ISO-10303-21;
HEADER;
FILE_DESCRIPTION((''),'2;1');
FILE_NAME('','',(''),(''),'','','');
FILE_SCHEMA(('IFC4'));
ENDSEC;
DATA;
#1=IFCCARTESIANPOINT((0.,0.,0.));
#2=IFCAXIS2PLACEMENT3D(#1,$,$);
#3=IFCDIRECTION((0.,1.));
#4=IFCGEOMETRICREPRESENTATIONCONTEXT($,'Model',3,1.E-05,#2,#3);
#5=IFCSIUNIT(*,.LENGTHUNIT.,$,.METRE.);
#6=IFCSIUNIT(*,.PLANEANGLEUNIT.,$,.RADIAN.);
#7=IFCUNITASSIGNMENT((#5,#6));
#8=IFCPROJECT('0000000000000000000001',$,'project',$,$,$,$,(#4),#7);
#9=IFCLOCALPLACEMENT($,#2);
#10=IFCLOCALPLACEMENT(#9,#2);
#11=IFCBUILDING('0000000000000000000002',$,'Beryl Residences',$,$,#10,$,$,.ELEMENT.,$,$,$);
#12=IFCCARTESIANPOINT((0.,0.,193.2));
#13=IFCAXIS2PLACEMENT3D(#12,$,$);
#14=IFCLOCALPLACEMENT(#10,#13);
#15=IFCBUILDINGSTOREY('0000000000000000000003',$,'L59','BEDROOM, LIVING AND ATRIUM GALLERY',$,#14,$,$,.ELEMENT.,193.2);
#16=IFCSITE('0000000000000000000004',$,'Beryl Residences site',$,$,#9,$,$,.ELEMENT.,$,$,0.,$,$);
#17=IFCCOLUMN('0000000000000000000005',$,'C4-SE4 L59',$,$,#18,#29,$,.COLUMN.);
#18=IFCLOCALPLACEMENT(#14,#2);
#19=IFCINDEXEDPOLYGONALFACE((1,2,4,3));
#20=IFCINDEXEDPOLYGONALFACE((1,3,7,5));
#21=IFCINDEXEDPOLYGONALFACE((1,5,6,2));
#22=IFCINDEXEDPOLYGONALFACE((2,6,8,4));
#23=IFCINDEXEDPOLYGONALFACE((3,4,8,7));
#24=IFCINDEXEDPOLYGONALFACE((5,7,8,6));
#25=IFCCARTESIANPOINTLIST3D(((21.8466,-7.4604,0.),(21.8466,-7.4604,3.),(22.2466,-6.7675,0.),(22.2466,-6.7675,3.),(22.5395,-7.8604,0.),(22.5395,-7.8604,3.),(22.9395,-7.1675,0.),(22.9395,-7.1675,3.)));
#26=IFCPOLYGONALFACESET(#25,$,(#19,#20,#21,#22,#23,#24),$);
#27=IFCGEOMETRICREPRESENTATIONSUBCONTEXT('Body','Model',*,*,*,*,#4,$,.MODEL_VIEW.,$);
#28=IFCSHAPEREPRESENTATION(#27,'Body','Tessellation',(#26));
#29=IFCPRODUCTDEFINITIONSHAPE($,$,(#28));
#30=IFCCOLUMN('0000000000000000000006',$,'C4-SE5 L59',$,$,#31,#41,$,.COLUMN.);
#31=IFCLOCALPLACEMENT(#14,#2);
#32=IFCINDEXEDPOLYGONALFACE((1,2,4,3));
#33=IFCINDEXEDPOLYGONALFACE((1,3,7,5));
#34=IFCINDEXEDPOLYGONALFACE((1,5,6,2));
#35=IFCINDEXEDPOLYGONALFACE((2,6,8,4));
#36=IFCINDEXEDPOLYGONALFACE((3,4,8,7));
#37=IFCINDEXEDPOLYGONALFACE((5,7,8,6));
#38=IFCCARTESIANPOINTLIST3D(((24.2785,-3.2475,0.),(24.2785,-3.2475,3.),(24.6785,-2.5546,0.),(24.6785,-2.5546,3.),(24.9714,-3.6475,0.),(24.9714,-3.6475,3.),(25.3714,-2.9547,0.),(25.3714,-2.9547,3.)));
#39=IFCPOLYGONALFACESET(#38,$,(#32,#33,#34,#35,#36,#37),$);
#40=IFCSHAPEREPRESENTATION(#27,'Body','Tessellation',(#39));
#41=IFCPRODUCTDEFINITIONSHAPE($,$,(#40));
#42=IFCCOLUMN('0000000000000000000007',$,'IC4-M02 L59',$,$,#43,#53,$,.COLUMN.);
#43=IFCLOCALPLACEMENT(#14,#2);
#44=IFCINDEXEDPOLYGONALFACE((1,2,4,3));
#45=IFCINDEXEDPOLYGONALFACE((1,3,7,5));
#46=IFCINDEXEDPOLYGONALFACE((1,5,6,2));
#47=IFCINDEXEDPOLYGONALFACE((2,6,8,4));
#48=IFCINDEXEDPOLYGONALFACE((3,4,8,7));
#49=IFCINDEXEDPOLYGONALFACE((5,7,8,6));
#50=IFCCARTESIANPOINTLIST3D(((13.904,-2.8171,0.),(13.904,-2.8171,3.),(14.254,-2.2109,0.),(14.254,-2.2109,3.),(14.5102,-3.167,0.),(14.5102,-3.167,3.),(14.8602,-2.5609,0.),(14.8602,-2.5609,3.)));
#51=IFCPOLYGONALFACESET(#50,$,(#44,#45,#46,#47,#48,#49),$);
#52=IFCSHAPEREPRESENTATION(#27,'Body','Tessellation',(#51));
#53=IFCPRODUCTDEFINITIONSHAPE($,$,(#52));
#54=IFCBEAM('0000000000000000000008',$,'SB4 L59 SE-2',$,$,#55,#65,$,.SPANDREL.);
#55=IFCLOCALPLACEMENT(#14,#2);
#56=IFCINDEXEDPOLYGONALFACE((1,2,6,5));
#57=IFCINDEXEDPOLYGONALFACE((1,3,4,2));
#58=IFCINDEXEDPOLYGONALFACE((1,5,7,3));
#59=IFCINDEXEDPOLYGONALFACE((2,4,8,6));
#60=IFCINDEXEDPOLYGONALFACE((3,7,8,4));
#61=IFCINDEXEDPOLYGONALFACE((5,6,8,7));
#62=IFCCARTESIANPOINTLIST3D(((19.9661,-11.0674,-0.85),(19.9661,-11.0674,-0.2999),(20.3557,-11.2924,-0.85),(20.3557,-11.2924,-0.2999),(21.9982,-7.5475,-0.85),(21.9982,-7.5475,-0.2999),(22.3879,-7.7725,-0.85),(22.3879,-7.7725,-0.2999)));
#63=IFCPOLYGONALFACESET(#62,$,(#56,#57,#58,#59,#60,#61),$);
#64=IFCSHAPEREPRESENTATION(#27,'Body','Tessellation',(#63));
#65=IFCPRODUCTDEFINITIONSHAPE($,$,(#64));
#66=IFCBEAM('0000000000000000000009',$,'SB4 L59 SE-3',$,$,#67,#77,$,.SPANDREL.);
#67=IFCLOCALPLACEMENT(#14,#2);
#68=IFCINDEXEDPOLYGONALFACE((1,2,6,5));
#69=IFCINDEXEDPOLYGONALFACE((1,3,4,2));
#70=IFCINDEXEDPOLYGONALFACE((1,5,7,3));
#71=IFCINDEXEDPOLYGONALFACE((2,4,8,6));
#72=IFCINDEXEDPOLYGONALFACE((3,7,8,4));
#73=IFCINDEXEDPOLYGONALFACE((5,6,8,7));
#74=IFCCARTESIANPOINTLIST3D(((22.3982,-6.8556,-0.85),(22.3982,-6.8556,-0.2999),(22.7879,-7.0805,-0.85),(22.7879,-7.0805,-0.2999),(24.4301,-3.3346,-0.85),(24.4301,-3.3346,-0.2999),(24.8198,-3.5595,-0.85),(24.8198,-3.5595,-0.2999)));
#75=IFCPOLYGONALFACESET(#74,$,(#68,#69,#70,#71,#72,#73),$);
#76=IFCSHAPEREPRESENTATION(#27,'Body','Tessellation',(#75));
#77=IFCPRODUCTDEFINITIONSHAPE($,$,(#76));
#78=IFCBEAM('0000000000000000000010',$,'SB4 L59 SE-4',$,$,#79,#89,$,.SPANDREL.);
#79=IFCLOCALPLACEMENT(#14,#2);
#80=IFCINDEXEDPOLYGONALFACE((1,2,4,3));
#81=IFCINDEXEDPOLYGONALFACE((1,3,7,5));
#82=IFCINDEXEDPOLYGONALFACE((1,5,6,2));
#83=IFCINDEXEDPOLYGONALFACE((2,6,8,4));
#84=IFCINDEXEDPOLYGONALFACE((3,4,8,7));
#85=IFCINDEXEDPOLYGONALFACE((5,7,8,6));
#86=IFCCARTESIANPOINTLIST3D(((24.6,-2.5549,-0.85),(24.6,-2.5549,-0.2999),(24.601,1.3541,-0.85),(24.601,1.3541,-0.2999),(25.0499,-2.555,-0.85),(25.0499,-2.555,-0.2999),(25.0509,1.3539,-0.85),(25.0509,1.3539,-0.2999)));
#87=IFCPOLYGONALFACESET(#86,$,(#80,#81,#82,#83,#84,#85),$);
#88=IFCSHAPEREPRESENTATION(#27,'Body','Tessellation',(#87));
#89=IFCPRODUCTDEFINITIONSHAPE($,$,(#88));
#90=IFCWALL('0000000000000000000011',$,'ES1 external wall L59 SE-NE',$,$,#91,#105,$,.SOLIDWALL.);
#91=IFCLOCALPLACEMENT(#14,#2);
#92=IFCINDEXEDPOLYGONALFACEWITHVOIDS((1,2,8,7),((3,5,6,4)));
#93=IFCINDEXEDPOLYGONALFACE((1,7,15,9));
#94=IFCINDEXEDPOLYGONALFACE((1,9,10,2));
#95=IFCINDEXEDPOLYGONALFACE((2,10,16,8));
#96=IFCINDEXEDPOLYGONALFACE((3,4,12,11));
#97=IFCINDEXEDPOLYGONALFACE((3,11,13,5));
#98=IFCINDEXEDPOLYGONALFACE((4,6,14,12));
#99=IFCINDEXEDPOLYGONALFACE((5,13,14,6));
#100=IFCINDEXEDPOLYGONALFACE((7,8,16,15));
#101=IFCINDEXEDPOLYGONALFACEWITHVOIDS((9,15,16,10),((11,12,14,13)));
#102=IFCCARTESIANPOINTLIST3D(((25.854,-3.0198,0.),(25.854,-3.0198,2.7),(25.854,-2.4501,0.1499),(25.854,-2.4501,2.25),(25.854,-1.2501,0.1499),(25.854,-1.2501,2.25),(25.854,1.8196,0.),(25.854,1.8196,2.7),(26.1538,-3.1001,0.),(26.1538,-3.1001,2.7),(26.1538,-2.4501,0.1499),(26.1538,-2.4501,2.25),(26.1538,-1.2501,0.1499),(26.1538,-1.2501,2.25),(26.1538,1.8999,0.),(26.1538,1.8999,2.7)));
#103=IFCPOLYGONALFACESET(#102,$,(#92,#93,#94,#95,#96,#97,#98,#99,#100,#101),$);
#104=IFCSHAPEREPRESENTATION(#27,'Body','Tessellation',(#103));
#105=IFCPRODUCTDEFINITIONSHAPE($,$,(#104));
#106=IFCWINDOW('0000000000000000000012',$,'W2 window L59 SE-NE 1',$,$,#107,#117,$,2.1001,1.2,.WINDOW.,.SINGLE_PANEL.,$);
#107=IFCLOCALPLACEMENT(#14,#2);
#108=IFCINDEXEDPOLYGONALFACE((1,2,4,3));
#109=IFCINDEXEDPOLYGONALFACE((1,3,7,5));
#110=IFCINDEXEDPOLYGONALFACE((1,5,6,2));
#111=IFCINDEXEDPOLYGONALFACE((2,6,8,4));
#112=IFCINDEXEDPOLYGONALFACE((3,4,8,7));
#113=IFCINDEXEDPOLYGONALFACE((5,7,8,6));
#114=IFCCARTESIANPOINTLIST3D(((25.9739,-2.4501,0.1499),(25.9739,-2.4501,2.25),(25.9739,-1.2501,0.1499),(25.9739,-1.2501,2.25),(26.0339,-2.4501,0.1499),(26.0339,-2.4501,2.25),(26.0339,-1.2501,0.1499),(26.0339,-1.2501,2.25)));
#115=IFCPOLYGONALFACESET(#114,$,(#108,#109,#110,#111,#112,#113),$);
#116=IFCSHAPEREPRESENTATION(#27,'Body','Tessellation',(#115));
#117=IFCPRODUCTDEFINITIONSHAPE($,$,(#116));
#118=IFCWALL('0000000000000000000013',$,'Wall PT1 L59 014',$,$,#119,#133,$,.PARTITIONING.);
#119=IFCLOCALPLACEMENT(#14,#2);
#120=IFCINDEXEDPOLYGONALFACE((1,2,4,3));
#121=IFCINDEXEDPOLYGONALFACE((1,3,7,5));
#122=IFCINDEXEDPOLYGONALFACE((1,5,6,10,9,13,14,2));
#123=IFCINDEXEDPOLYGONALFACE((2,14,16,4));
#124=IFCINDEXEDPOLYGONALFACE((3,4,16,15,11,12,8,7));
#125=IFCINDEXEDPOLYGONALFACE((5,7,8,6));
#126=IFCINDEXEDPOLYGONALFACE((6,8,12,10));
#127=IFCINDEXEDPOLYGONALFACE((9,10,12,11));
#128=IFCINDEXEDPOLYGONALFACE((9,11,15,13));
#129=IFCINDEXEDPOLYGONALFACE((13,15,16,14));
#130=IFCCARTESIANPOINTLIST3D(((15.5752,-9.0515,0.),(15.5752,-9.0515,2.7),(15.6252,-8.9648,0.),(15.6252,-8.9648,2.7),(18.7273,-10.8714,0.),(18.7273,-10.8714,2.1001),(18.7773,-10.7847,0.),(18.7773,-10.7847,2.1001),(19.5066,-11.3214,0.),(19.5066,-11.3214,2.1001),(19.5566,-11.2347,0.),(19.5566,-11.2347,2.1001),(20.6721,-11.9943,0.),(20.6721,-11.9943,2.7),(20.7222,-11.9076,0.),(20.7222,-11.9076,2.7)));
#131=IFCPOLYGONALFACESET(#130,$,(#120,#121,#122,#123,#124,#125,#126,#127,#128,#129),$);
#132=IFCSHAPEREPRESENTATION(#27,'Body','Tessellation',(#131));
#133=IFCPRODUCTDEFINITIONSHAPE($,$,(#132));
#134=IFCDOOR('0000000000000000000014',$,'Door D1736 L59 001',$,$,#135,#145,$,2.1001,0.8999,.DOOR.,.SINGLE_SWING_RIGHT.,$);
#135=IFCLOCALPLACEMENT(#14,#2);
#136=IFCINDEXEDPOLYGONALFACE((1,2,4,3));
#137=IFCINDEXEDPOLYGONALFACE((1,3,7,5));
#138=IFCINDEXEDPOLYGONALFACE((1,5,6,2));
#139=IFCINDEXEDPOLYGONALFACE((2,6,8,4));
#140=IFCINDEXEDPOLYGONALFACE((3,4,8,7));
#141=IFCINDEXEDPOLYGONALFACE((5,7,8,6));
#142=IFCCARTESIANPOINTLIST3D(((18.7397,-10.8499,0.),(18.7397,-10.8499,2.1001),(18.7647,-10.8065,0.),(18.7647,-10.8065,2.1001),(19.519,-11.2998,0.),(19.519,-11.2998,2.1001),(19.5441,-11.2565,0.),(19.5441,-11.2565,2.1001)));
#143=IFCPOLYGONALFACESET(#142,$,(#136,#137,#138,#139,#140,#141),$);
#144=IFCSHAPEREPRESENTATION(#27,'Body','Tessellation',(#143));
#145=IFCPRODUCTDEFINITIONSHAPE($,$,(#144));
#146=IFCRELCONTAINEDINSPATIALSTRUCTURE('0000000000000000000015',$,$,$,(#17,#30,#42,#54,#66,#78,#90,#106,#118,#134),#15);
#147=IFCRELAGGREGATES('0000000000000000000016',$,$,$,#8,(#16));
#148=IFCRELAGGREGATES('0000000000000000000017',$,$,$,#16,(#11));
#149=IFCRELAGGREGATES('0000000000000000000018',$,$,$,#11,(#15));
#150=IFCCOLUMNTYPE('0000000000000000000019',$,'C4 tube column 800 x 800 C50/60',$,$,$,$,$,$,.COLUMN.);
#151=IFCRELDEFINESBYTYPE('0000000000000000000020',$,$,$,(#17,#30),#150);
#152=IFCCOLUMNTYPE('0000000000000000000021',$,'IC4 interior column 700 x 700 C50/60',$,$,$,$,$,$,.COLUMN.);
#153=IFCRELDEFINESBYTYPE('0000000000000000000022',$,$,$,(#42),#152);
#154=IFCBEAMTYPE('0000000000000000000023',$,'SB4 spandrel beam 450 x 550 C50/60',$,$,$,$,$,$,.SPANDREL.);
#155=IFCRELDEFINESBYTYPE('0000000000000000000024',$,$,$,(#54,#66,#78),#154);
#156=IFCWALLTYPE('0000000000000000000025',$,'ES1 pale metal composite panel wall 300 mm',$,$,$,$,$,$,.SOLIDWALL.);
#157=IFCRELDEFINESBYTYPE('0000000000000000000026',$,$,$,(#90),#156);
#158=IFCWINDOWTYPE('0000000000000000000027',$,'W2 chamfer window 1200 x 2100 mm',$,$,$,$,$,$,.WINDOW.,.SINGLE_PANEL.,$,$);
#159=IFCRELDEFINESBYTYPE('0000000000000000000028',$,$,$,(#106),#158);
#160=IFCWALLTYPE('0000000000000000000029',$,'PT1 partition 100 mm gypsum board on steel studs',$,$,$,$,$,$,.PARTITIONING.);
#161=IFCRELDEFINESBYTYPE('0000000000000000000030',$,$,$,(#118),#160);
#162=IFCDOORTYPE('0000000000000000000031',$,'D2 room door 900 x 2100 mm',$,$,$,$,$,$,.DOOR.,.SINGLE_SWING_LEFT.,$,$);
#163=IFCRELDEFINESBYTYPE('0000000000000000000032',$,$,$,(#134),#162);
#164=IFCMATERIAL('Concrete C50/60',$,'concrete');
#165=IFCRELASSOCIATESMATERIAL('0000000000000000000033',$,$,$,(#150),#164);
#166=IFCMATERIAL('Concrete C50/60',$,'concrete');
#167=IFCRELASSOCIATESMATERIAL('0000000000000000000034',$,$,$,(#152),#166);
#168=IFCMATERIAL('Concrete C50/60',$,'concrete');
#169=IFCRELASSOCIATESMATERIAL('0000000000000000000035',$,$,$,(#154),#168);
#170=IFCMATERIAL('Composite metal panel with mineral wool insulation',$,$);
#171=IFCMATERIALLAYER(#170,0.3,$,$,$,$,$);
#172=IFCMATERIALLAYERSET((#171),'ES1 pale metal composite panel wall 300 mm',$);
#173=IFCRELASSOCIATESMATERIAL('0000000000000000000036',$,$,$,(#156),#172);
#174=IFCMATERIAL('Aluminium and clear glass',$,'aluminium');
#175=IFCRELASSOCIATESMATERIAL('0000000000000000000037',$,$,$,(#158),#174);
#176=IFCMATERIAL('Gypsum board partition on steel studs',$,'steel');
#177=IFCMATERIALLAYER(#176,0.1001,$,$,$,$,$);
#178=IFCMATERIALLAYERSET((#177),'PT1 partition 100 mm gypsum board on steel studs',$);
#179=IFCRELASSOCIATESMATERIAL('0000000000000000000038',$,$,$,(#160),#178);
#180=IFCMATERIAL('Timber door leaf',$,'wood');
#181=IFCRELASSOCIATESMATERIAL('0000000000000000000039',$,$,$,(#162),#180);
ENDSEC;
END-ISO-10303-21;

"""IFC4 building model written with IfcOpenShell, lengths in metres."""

from ifc_helpers import new_model, si_unit, direction, frame, frame_2d, origin, origin_2d, place, context, subcontext, project, spatial, polyline, rectangle, outline, extrude, material, layer, layer_set, material_profile, profile_set, type_object, element, fill, save


model = new_model("IFC4")

# Units and contexts
model_context = context("Model", 3, precision=1e-05, world=origin(), true_north=direction((0.0, 1.0)))
body_context = subcontext(model_context, "Body", "Model", "MODEL_VIEW")
ifc_project = project(units=[si_unit("LENGTHUNIT", "METRE"), si_unit("PLANEANGLEUNIT", "RADIAN")], contexts=[model_context])

# Site, building, storey
site_placement = place(None, origin())
site = spatial("IfcSite", under=ifc_project, at=site_placement, Name="Beryl Residences site", CompositionType="ELEMENT", RefElevation=0.0)
building_placement = place(site_placement, origin())
building = spatial("IfcBuilding", under=site, at=building_placement, Name="Beryl Residences", CompositionType="ELEMENT")
storey_placement = place(building_placement, frame((0.0, 0.0, 193.2)))
storey = spatial("IfcBuildingStorey", under=building, at=storey_placement, Name="L59", Description="BEDROOM, LIVING AND ATRIUM GALLERY", CompositionType="ELEMENT", Elevation=193.2)

# Columns
ifc_material_1 = material(Name="Concrete C50/60", Category="concrete")
ifc_material_profile_1 = material_profile(ifc_material_1, rectangle(XDim=0.8, YDim=0.8, at=origin_2d()))
ifc_profile_set_1 = profile_set([ifc_material_profile_1], Name="Concrete C50/60")
column_type_1 = type_object("IfcColumnType", Name="C4 tube column 800 x 800 C50/60", PredefinedType="COLUMN", material=ifc_profile_set_1)
for number, where, z_axis, x_axis, name in (
    (1, (22.3931, -7.314, 0.0), (0.0, 0.0, 1.0), (0.5, 0.866025, 0.0), "C4-SE4 L59"),
    (2, (24.825, -3.1011, 0.0), (0.0, 0.0, 1.0), (0.5, 0.866025, 0.0), "C4-SE5 L59"),
):
    element("IfcColumn", number, at=place(storey_placement, frame(where, z_axis=z_axis, x_axis=x_axis)), inside=storey, type_object=column_type_1, Name=name, PredefinedType="COLUMN", context=body_context, shape_type="SweptSolid", body=[
        extrude(rectangle(XDim=0.8, YDim=0.8, at=origin_2d()), origin(), (0.0, 0.0, 1.0), 3.0),
    ])
ifc_material_2 = material(Name="Concrete C50/60", Category="concrete")
ifc_material_profile_2 = material_profile(ifc_material_2, rectangle(XDim=0.7, YDim=0.7, at=origin_2d()))
ifc_profile_set_2 = profile_set([ifc_material_profile_2], Name="Concrete C50/60")
column_type_2 = type_object("IfcColumnType", Name="IC4 interior column 700 x 700 C50/60", PredefinedType="COLUMN", material=ifc_profile_set_2)
column_placement = place(storey_placement, frame((14.3821, -2.689, 0.0), z_axis=(0.0, 0.0, 1.0), x_axis=(0.5, 0.866025, 0.0)))
element("IfcColumn", 3, at=column_placement, inside=storey, type_object=column_type_2, Name="IC4-M02 L59", PredefinedType="COLUMN", context=body_context, shape_type="SweptSolid", body=[
    extrude(rectangle(XDim=0.7, YDim=0.7, at=origin_2d()), origin(), (0.0, 0.0, 1.0), 3.0),
])

# Beams
ifc_material_3 = material(Name="Concrete C50/60", Category="concrete")
ifc_material_profile_3 = material_profile(ifc_material_3, rectangle(XDim=0.45, YDim=0.55, at=origin_2d()))
ifc_profile_set_3 = profile_set([ifc_material_profile_3], Name="Concrete C50/60")
beam_type = type_object("IfcBeamType", Name="SB4 spandrel beam 450 x 550 C50/60", PredefinedType="SPANDREL", material=ifc_profile_set_3)
beam_1_placement = place(storey_placement, frame((20.1609, -11.1799, -0.575), z_axis=(0.499989, 0.866032, 0.0), x_axis=(-0.866032, 0.499989, 0.0)))
element("IfcBeam", 4, at=beam_1_placement, inside=storey, type_object=beam_type, Name="SB4 L59 SE-2", PredefinedType="SPANDREL", context=body_context, shape_type="SweptSolid", body=[
    extrude(rectangle(XDim=0.45, YDim=0.55, at=origin_2d()), origin(), (0.0, 0.0, 1.0), 4.0645),
])
beam_2_placement = place(storey_placement, frame((22.593, -6.968, -0.575), z_axis=(0.49984, 0.866118, 0.0), x_axis=(-0.866118, 0.49984, 0.0)))
element("IfcBeam", 5, at=beam_2_placement, inside=storey, type_object=beam_type, Name="SB4 L59 SE-3", PredefinedType="SPANDREL", context=body_context, shape_type="SweptSolid", body=[
    extrude(rectangle(XDim=0.45, YDim=0.55, at=origin_2d()), origin(), (0.0, 0.0, 1.0), 4.0652),
])
beam_3_placement = place(storey_placement, frame((24.825, -2.5549, -0.575), z_axis=(0.00025, 1.0, 0.0), x_axis=(-1.0, 0.00025, 0.0)))
element("IfcBeam", 6, at=beam_3_placement, inside=storey, type_object=beam_type, Name="SB4 L59 SE-4", PredefinedType="SPANDREL", context=body_context, shape_type="SweptSolid", body=[
    extrude(rectangle(XDim=0.45, YDim=0.55, at=origin_2d()), origin(), (0.0, 0.0, 1.0), 3.9089),
])

# Wall, opening, window
ifc_material_4 = material(Name="Composite metal panel with mineral wool insulation")
ifc_layer_1 = layer(ifc_material_4, 0.3)
ifc_layer_set_1 = layer_set([ifc_layer_1], Name="ES1 pale metal composite panel wall 300 mm")
wall_type_1 = type_object("IfcWallType", Name="ES1 pale metal composite panel wall 300 mm", PredefinedType="SOLIDWALL", material=ifc_layer_set_1)
wall_1_placement = place(storey_placement, frame((26.0039, -3.1001, 0.0), z_axis=(0.0, 0.0, 1.0), x_axis=(0.0, 1.0, 0.0)))
wall_1 = element("IfcWall", 7, at=wall_1_placement, inside=storey, type_object=wall_type_1, Name="ES1 external wall L59 SE-NE", PredefinedType="SOLIDWALL", context=body_context, shape_type="SweptSolid", body=[
    extrude(outline(polyline([(0.0, -0.1499), (5.0, -0.1499), (4.9197, 0.1499), (0.0803, 0.1499), (0.0, -0.1499)])), origin(), (0.0, 0.0, 1.0), 2.7),
])
opening_1_placement = place(wall_1_placement, frame((0.6499, 0.0, 0.1499)))
opening_1 = element("IfcOpeningElement", 8, at=opening_1_placement, cuts=wall_1, PredefinedType="OPENING", context=body_context, shape_type="SweptSolid", body=[
    extrude(rectangle(XDim=1.2, YDim=2.1001, at=frame_2d((0.6001, 1.05))), frame((0.0, 0.1599, 0.0), z_axis=(0.0, -1.0, 0.0), x_axis=(1.0, 0.0, 0.0)), (0.0, 0.0, 1.0), 0.3201),
])
ifc_material_5 = material(Name="Aluminium and clear glass", Category="aluminium")
window_type = type_object("IfcWindowType", Name="W2 chamfer window 1200 x 2100 mm", PartitioningType="SINGLE_PANEL", PredefinedType="WINDOW", material=ifc_material_5)
window_placement = place(opening_1_placement, origin())
window = element("IfcWindow", 9, at=window_placement, inside=storey, type_object=window_type, Name="W2 window L59 SE-NE 1", OverallHeight=2.1001, OverallWidth=1.2, PartitioningType="SINGLE_PANEL", PredefinedType="WINDOW", context=body_context, shape_type="SweptSolid", body=[
    extrude(rectangle(XDim=1.2, YDim=2.1001, at=frame_2d((0.6001, 1.05))), frame((0.0, 0.03, 0.0), z_axis=(0.0, -1.0, 0.0), x_axis=(1.0, 0.0, 0.0)), (0.0, 0.0, 1.0), 0.0601),
])
fill(opening_1, window)

# Wall, opening, door
ifc_material_6 = material(Name="Gypsum board partition on steel studs", Category="steel")
ifc_layer_2 = layer(ifc_material_6, 0.1001)
ifc_layer_set_2 = layer_set([ifc_layer_2], Name="PT1 partition 100 mm gypsum board on steel studs")
wall_type_2 = type_object("IfcWallType", Name="PT1 partition 100 mm gypsum board on steel studs", PredefinedType="PARTITIONING", material=ifc_layer_set_2)
wall_2_placement = place(storey_placement, frame((15.6001, -9.0081, 0.0), z_axis=(0.0, 0.0, 1.0), x_axis=(0.866014, -0.50002, 0.0)))
wall_2 = element("IfcWall", 10, at=wall_2_placement, inside=storey, type_object=wall_type_2, Name="Wall PT1 L59 014", PredefinedType="PARTITIONING", context=body_context, shape_type="SweptSolid", body=[
    extrude(rectangle(XDim=5.8855, YDim=0.1001, at=frame_2d((2.9429, 0.0))), origin(), (0.0, 0.0, 1.0), 2.7),
])
opening_2_placement = place(wall_2_placement, frame((3.6399, 0.0, 0.0)))
opening_2 = element("IfcOpeningElement", 11, at=opening_2_placement, cuts=wall_2, PredefinedType="OPENING", context=body_context, shape_type="SweptSolid", body=[
    extrude(rectangle(XDim=0.8999, YDim=2.1001, at=frame_2d((0.45, 1.05))), frame((0.0, 0.0601, 0.0), z_axis=(0.0, -1.0, 0.0), x_axis=(1.0, 0.0, 0.0)), (0.0, 0.0, 1.0), 0.1201),
])
ifc_material_7 = material(Name="Timber door leaf", Category="wood")
door_type_1 = type_object("IfcDoorType", Name="D2 room door 900 x 2100 mm", OperationType="SINGLE_SWING_LEFT", PredefinedType="DOOR", material=ifc_material_7)
door_1_placement = place(opening_2_placement, origin())
door_1 = element("IfcDoor", 12, at=door_1_placement, inside=storey, type_object=door_type_1, Name="Door D1736 L59 001", OperationType="SINGLE_SWING_RIGHT", OverallHeight=2.1001, OverallWidth=0.8999, PredefinedType="DOOR", context=body_context, shape_type="SweptSolid", body=[
    extrude(rectangle(XDim=0.8999, YDim=2.1001, at=frame_2d((0.45, 1.05))), frame((0.0, 0.0249, 0.0), z_axis=(0.0, -1.0, 0.0), x_axis=(1.0, 0.0, 0.0)), (0.0, 0.0, 1.0), 0.05),
])
fill(opening_2, door_1)

save(model, "model.ifc")
